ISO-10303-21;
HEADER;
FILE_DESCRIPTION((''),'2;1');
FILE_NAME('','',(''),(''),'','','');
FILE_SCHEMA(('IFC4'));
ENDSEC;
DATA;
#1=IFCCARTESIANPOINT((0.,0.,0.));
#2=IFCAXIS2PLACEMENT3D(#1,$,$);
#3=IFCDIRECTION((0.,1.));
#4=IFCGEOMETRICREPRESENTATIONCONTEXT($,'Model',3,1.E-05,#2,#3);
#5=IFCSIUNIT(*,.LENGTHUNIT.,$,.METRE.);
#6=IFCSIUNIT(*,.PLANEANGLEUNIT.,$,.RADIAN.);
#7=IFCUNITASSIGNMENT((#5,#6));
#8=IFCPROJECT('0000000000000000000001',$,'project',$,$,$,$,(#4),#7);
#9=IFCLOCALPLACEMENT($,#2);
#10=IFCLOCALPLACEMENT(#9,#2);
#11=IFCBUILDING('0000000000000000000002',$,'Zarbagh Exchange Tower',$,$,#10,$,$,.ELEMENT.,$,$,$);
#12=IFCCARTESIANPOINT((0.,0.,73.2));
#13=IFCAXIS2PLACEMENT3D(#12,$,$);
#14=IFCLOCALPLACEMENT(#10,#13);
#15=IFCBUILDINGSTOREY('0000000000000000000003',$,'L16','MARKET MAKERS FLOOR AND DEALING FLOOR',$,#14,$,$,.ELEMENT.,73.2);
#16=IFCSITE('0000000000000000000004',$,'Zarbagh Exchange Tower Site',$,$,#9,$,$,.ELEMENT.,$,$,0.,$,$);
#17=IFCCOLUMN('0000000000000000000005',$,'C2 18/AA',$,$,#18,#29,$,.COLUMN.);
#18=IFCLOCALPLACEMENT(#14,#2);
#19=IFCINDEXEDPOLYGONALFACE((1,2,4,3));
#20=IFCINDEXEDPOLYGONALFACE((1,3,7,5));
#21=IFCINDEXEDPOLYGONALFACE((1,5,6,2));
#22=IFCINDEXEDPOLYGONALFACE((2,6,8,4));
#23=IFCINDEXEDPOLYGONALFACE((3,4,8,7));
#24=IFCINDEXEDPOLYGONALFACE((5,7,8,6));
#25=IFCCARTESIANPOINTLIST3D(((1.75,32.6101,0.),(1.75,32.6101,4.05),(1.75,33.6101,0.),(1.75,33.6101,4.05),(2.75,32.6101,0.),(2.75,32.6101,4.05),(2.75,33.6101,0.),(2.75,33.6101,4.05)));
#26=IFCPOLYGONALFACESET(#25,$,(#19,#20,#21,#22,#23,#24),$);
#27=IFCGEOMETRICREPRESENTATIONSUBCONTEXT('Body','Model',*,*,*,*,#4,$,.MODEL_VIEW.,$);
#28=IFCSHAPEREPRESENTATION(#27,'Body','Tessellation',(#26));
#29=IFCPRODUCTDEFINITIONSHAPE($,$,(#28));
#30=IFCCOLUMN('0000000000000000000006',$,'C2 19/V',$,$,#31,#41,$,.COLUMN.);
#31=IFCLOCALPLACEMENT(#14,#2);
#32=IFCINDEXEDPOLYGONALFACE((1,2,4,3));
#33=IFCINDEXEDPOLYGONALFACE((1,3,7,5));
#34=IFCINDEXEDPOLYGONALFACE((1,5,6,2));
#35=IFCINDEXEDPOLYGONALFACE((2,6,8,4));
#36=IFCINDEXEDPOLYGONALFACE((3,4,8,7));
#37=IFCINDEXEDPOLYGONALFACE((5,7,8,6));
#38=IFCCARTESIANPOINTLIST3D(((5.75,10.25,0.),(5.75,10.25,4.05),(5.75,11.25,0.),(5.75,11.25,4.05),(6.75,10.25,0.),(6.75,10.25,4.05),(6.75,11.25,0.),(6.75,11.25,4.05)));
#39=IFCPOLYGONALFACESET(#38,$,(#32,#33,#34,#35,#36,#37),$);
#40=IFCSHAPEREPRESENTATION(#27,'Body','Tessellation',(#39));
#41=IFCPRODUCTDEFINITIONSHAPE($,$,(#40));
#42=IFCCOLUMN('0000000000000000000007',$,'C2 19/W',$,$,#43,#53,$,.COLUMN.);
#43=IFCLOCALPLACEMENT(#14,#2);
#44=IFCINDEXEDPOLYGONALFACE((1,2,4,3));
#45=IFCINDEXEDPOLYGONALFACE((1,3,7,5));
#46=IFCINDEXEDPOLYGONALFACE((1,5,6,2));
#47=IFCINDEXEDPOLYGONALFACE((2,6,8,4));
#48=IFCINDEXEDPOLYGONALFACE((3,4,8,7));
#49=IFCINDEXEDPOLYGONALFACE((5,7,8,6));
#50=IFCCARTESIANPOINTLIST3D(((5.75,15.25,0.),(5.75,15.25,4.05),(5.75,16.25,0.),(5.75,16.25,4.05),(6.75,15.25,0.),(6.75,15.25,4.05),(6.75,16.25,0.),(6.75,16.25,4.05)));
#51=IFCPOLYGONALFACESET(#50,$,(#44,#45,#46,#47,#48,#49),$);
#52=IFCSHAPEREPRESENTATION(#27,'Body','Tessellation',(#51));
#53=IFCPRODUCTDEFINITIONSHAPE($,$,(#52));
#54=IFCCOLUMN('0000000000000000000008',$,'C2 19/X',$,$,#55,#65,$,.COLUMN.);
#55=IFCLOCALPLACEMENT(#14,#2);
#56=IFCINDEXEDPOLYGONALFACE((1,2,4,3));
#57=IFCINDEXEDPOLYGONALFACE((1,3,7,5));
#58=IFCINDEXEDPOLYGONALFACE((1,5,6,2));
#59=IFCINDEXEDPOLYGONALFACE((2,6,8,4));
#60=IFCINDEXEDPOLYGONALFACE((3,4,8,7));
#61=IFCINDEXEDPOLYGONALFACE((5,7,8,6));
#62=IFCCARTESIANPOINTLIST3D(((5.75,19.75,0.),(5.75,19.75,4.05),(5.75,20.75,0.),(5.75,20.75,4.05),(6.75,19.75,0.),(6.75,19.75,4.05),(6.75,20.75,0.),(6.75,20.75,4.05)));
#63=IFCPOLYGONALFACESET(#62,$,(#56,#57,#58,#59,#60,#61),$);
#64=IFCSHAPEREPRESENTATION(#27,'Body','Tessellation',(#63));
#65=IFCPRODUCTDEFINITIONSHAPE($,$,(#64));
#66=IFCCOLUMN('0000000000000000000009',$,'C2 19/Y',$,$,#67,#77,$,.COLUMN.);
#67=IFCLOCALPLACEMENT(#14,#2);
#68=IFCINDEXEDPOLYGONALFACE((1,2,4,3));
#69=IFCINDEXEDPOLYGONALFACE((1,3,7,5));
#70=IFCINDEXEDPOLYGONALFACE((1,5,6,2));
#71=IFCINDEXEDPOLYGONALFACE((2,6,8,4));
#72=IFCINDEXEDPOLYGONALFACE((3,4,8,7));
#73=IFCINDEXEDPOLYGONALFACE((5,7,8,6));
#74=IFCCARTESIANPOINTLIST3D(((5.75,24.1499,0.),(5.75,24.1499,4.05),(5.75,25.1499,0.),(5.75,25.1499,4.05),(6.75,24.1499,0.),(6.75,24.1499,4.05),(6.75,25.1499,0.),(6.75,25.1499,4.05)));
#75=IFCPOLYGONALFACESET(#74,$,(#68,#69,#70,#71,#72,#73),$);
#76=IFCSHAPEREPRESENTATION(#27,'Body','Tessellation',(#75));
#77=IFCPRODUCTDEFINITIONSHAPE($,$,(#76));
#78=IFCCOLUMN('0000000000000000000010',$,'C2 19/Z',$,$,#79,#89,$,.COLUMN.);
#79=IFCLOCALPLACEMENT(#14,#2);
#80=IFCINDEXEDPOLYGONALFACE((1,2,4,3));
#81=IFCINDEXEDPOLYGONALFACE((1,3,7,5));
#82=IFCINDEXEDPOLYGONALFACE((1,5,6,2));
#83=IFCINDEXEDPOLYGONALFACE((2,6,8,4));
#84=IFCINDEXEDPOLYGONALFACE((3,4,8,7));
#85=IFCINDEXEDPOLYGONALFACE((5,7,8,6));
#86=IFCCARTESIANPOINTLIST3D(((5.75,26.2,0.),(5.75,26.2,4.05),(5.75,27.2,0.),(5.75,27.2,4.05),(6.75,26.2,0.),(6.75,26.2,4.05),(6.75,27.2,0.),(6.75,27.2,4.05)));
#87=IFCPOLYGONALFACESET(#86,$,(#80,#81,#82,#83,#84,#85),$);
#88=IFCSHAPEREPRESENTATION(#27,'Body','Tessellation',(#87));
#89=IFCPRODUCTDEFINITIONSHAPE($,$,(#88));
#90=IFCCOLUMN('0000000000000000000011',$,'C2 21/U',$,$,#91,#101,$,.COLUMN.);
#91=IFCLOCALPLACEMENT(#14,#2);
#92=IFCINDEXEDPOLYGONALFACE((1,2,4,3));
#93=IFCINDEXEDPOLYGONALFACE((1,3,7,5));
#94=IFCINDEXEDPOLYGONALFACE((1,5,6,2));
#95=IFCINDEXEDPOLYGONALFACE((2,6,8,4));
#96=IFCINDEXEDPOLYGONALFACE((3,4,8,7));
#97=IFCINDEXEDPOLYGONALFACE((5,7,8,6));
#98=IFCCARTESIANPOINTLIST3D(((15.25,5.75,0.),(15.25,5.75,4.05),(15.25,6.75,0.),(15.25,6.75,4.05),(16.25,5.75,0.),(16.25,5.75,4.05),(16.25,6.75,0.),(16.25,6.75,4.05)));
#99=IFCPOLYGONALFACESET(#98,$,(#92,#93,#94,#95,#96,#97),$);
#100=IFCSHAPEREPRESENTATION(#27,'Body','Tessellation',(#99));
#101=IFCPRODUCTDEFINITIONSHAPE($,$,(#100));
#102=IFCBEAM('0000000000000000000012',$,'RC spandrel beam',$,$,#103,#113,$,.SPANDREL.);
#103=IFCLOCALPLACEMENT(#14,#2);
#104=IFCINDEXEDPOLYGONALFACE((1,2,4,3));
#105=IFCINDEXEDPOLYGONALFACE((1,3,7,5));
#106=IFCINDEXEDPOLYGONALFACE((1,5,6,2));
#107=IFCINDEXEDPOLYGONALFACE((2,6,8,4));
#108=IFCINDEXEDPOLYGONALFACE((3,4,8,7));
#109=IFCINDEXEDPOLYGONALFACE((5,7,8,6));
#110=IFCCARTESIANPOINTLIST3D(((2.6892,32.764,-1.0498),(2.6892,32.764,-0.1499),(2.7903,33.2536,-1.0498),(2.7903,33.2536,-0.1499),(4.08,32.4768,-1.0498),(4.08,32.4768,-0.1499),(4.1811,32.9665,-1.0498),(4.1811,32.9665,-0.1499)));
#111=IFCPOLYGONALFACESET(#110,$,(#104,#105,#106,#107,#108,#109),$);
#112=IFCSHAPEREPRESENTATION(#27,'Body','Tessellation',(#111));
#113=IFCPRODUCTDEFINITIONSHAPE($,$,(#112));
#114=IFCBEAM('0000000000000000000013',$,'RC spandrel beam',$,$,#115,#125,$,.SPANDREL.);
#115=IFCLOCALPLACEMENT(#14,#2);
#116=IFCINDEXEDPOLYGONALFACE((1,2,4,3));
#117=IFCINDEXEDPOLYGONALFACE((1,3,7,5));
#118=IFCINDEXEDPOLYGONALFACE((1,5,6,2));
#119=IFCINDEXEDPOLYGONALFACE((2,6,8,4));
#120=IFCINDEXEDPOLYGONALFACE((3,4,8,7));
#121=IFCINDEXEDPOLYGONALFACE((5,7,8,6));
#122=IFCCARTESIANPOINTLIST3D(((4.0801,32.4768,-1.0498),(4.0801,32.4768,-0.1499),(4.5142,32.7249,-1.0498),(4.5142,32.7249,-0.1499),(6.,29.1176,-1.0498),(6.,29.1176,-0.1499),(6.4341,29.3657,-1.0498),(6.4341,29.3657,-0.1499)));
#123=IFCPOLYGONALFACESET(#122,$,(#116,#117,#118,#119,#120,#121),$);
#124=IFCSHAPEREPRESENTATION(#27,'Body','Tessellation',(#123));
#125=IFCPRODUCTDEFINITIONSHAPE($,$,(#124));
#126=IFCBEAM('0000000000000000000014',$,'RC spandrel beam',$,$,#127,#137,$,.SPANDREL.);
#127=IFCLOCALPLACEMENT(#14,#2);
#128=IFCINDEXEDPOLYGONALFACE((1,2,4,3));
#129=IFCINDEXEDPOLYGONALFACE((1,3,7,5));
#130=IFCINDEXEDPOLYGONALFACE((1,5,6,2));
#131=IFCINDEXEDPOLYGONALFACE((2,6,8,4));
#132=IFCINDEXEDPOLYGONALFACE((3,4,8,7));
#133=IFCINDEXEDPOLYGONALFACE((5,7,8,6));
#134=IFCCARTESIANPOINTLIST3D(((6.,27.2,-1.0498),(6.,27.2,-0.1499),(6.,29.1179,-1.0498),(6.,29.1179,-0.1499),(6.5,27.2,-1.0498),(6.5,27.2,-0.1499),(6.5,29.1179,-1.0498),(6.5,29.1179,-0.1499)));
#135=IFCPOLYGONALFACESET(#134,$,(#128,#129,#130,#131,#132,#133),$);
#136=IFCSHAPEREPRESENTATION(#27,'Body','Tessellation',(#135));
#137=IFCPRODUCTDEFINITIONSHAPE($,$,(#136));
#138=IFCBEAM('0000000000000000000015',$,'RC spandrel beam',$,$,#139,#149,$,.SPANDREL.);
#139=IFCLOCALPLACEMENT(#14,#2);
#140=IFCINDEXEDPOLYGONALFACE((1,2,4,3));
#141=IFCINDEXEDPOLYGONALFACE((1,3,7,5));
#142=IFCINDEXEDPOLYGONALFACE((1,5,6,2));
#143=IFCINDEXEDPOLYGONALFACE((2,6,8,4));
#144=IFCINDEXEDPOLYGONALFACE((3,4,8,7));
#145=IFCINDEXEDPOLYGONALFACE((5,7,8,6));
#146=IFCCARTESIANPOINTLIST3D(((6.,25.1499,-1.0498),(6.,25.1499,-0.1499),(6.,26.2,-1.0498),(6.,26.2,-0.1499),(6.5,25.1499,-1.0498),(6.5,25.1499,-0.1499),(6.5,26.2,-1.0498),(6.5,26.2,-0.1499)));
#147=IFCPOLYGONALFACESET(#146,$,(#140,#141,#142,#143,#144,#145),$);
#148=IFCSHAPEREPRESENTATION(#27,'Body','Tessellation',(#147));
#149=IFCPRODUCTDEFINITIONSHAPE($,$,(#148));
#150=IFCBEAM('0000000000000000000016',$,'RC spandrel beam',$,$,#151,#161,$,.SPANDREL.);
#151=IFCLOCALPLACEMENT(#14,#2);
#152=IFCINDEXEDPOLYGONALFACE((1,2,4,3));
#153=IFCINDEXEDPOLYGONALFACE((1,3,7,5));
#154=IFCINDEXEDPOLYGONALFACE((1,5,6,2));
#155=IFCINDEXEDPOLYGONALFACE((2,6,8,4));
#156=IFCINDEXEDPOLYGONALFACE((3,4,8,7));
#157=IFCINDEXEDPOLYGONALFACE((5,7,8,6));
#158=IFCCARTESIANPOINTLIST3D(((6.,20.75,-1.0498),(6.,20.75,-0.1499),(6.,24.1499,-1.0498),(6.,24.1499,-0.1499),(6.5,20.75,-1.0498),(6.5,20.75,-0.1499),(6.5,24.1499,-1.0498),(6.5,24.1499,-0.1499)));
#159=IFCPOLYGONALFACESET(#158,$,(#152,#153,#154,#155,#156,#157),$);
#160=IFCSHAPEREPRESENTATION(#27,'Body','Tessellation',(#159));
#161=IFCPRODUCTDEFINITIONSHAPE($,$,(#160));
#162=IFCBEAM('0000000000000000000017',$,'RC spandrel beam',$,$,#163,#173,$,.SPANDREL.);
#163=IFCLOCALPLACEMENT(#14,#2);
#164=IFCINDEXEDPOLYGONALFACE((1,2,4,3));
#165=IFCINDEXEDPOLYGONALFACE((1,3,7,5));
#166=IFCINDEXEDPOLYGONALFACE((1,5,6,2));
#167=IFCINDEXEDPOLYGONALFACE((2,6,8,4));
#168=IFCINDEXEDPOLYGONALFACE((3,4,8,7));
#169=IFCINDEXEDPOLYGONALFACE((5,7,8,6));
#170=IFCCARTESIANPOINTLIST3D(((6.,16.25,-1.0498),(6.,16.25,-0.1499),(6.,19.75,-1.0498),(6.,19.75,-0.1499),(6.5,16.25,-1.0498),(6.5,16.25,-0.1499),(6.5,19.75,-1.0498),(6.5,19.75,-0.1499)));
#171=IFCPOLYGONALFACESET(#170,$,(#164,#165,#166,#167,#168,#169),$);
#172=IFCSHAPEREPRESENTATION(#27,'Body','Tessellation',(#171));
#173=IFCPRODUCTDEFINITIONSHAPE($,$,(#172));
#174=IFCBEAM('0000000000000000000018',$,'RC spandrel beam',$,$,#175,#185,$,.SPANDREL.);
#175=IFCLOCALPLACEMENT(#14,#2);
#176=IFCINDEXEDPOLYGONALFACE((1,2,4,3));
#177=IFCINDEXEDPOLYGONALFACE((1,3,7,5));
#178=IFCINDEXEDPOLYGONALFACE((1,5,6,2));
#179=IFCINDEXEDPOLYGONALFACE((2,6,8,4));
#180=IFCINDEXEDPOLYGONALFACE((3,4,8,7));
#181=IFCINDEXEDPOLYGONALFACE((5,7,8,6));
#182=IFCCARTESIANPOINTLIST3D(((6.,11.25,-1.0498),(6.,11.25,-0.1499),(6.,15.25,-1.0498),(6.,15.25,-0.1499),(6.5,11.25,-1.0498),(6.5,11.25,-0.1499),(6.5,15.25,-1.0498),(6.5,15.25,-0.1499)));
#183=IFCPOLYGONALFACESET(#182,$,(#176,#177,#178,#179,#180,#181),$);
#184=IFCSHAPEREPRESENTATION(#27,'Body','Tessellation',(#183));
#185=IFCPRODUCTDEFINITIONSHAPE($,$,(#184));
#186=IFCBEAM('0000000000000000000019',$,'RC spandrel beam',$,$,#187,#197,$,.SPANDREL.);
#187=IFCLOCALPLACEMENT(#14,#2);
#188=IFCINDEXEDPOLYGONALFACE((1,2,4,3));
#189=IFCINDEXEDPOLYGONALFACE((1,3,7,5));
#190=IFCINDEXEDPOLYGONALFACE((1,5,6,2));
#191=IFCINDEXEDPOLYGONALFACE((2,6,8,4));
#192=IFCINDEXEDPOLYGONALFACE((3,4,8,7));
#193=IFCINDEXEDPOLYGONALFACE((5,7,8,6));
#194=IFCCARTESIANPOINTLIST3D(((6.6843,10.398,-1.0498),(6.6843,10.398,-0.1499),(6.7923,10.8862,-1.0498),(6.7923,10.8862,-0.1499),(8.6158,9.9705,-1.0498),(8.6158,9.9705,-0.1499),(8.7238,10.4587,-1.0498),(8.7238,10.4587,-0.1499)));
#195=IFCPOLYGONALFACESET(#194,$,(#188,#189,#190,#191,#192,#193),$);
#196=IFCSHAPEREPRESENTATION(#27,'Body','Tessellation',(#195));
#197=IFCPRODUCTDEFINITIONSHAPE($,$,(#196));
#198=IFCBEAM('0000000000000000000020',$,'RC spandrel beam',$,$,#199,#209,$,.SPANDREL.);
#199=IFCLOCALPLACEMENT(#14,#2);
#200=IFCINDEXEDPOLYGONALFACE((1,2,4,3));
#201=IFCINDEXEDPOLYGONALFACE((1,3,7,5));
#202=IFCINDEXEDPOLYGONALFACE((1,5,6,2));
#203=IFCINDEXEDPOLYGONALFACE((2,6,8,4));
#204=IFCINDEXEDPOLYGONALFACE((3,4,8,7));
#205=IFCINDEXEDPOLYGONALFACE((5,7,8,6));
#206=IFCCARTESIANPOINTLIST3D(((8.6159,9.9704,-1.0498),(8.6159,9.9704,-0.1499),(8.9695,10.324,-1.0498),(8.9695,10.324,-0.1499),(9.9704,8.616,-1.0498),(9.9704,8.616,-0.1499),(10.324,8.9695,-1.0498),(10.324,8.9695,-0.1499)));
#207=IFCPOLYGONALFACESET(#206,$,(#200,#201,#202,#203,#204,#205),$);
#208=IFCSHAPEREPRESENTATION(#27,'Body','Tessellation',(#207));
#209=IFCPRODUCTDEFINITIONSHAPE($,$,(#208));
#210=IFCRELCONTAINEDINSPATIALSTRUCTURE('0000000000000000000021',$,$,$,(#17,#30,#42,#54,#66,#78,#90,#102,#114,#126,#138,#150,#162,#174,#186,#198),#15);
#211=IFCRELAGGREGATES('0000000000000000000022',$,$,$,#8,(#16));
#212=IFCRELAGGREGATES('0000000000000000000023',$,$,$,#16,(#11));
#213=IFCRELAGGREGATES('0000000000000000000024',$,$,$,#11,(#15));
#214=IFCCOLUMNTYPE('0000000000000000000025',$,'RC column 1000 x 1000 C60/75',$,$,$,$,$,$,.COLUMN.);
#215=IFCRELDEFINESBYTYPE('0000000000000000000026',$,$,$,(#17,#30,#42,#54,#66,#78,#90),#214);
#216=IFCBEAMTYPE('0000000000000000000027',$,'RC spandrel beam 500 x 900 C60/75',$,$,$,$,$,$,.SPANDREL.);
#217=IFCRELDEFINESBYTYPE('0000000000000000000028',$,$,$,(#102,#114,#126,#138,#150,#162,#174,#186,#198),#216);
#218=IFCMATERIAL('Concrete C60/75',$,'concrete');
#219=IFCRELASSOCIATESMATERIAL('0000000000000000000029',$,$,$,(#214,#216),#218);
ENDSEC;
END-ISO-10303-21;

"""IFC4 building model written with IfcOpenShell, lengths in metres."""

from ifc_helpers import new_model, si_unit, direction, frame, origin, origin_2d, place, context, subcontext, project, spatial, rectangle, extrude, material, material_profile, profile_set, type_object, element, save


model = new_model("IFC4")

# Units and contexts
model_context = context("Model", 3, precision=1e-05, world=origin(), true_north=direction((0.0, 1.0)))
body_context = subcontext(model_context, "Body", "Model", "MODEL_VIEW")
ifc_project = project(units=[si_unit("LENGTHUNIT", "METRE"), si_unit("PLANEANGLEUNIT", "RADIAN")], contexts=[model_context])

# Site, building, storey
site_placement = place(None, origin())
site = spatial("IfcSite", under=ifc_project, at=site_placement, Name="Zarbagh Exchange Tower Site", CompositionType="ELEMENT", RefElevation=0.0)
building_placement = place(site_placement, origin())
building = spatial("IfcBuilding", under=site, at=building_placement, Name="Zarbagh Exchange Tower", CompositionType="ELEMENT")
storey_placement = place(building_placement, frame((0.0, 0.0, 73.2)))
storey = spatial("IfcBuildingStorey", under=building, at=storey_placement, Name="L16", Description="MARKET MAKERS FLOOR AND DEALING FLOOR", CompositionType="ELEMENT", Elevation=73.2)

# Columns
ifc_material_1 = material(Name="Concrete C60/75", Category="concrete")
ifc_material_profile_1 = material_profile(ifc_material_1, rectangle(XDim=1.0, YDim=1.0, at=origin_2d()), Name="RC column 1000 x 1000 C60/75")
ifc_profile_set_1 = profile_set([ifc_material_profile_1], Name="Concrete C60/75")
column_type = type_object("IfcColumnType", Name="RC column 1000 x 1000 C60/75", PredefinedType="COLUMN", material=ifc_profile_set_1)
for number, where, z_axis, x_axis, name in (
    (1, (2.25, 33.1101, 0.0), (0.0, 0.0, 1.0), (1.0, 0.0, 0.0), "C2 18/AA"),
    (2, (6.25, 10.75, 0.0), (0.0, 0.0, 1.0), (1.0, 0.0, 0.0), "C2 19/V"),
    (3, (6.25, 15.75, 0.0), (0.0, 0.0, 1.0), (1.0, 0.0, 0.0), "C2 19/W"),
    (4, (6.25, 20.25, 0.0), (0.0, 0.0, 1.0), (1.0, 0.0, 0.0), "C2 19/X"),
    (5, (6.25, 24.6499, 0.0), (0.0, 0.0, 1.0), (1.0, 0.0, 0.0), "C2 19/Y"),
    (6, (6.25, 26.7, 0.0), (0.0, 0.0, 1.0), (1.0, 0.0, 0.0), "C2 19/Z"),
    (7, (15.75, 6.25, 0.0), (0.0, 0.0, 1.0), (1.0, 0.0, 0.0), "C2 21/U"),
):
    element("IfcColumn", number, at=place(storey_placement, frame(where, z_axis=z_axis, x_axis=x_axis)), inside=storey, type_object=column_type, Name=name, PredefinedType="COLUMN", context=body_context, shape_type="SweptSolid", body=[
        extrude(rectangle(XDim=1.0, YDim=1.0, at=origin_2d()), origin(), (0.0, 0.0, 1.0), 4.05),
    ])

# Beams
ifc_material_profile_2 = material_profile(ifc_material_1, rectangle(XDim=0.5, YDim=0.8999, at=origin_2d()), Name="RC spandrel beam 500 x 900 C60/75")
ifc_profile_set_2 = profile_set([ifc_material_profile_2], Name="Concrete C60/75")
beam_type = type_object("IfcBeamType", Name="RC spandrel beam 500 x 900 C60/75", PredefinedType="SPANDREL", material=ifc_profile_set_2)
beam_1_placement = place(storey_placement, frame((2.7397, 33.0088, -0.5999), z_axis=(0.979352, -0.202162, 0.0), x_axis=(0.202162, 0.979352, 0.0)))
element("IfcBeam", 8, at=beam_1_placement, inside=storey, type_object=beam_type, Name="RC spandrel beam", PredefinedType="SPANDREL", context=body_context, shape_type="SweptSolid", body=[
    extrude(rectangle(XDim=0.5, YDim=0.8999, at=origin_2d()), origin(), (0.0, 0.0, 1.0), 1.4202),
])
beam_2_placement = place(storey_placement, frame((4.2971, 32.6008, -0.5999), z_axis=(0.49622, -0.868197, 0.0), x_axis=(0.868197, 0.49622, 0.0)))
element("IfcBeam", 9, at=beam_2_placement, inside=storey, type_object=beam_type, Name="RC spandrel beam", PredefinedType="SPANDREL", context=body_context, shape_type="SweptSolid", body=[
    extrude(rectangle(XDim=0.5, YDim=0.8999, at=origin_2d()), origin(), (0.0, 0.0, 1.0), 3.8691),
])
beam_3_placement = place(storey_placement, frame((6.25, 29.1179, -0.5999), z_axis=(0.0, -1.0, 0.0), x_axis=(1.0, 0.0, 0.0)))
element("IfcBeam", 10, at=beam_3_placement, inside=storey, type_object=beam_type, Name="RC spandrel beam", PredefinedType="SPANDREL", context=body_context, shape_type="SweptSolid", body=[
    extrude(rectangle(XDim=0.5, YDim=0.8999, at=origin_2d()), origin(), (0.0, 0.0, 1.0), 1.918),
])
beam_4_placement = place(storey_placement, frame((6.25, 26.2, -0.5999), z_axis=(0.0, -1.0, 0.0), x_axis=(1.0, 0.0, 0.0)))
element("IfcBeam", 11, at=beam_4_placement, inside=storey, type_object=beam_type, Name="RC spandrel beam", PredefinedType="SPANDREL", context=body_context, shape_type="SweptSolid", body=[
    extrude(rectangle(XDim=0.5, YDim=0.8999, at=origin_2d()), origin(), (0.0, 0.0, 1.0), 1.05),
])
beam_5_placement = place(storey_placement, frame((6.25, 24.1499, -0.5999), z_axis=(0.0, -1.0, 0.0), x_axis=(1.0, 0.0, 0.0)))
element("IfcBeam", 12, at=beam_5_placement, inside=storey, type_object=beam_type, Name="RC spandrel beam", PredefinedType="SPANDREL", context=body_context, shape_type="SweptSolid", body=[
    extrude(rectangle(XDim=0.5, YDim=0.8999, at=origin_2d()), origin(), (0.0, 0.0, 1.0), 3.3999),
])
beam_6_placement = place(storey_placement, frame((6.25, 19.75, -0.5999), z_axis=(0.0, -1.0, 0.0), x_axis=(1.0, 0.0, 0.0)))
element("IfcBeam", 13, at=beam_6_placement, inside=storey, type_object=beam_type, Name="RC spandrel beam", PredefinedType="SPANDREL", context=body_context, shape_type="SweptSolid", body=[
    extrude(rectangle(XDim=0.5, YDim=0.8999, at=origin_2d()), origin(), (0.0, 0.0, 1.0), 3.5),
])
beam_7_placement = place(storey_placement, frame((6.25, 15.25, -0.5999), z_axis=(0.0, -1.0, 0.0), x_axis=(1.0, 0.0, 0.0)))
element("IfcBeam", 14, at=beam_7_placement, inside=storey, type_object=beam_type, Name="RC spandrel beam", PredefinedType="SPANDREL", context=body_context, shape_type="SweptSolid", body=[
    extrude(rectangle(XDim=0.5, YDim=0.8999, at=origin_2d()), origin(), (0.0, 0.0, 1.0), 4.0),
])
beam_8_placement = place(storey_placement, frame((6.7383, 10.6421, -0.5999), z_axis=(0.976375, -0.216081, 0.0), x_axis=(0.216081, 0.976375, 0.0)))
element("IfcBeam", 15, at=beam_8_placement, inside=storey, type_object=beam_type, Name="RC spandrel beam", PredefinedType="SPANDREL", context=body_context, shape_type="SweptSolid", body=[
    extrude(rectangle(XDim=0.5, YDim=0.8999, at=origin_2d()), origin(), (0.0, 0.0, 1.0), 1.9783),
])
beam_9_placement = place(storey_placement, frame((8.7927, 10.1472, -0.5999), z_axis=(0.707107, -0.707107, 0.0), x_axis=(0.707107, 0.707107, 0.0)))
element("IfcBeam", 16, at=beam_9_placement, inside=storey, type_object=beam_type, Name="RC spandrel beam", PredefinedType="SPANDREL", context=body_context, shape_type="SweptSolid", body=[
    extrude(rectangle(XDim=0.5, YDim=0.8999, at=origin_2d()), origin(), (0.0, 0.0, 1.0), 1.9155),
])

save(model, "model.ifc")
